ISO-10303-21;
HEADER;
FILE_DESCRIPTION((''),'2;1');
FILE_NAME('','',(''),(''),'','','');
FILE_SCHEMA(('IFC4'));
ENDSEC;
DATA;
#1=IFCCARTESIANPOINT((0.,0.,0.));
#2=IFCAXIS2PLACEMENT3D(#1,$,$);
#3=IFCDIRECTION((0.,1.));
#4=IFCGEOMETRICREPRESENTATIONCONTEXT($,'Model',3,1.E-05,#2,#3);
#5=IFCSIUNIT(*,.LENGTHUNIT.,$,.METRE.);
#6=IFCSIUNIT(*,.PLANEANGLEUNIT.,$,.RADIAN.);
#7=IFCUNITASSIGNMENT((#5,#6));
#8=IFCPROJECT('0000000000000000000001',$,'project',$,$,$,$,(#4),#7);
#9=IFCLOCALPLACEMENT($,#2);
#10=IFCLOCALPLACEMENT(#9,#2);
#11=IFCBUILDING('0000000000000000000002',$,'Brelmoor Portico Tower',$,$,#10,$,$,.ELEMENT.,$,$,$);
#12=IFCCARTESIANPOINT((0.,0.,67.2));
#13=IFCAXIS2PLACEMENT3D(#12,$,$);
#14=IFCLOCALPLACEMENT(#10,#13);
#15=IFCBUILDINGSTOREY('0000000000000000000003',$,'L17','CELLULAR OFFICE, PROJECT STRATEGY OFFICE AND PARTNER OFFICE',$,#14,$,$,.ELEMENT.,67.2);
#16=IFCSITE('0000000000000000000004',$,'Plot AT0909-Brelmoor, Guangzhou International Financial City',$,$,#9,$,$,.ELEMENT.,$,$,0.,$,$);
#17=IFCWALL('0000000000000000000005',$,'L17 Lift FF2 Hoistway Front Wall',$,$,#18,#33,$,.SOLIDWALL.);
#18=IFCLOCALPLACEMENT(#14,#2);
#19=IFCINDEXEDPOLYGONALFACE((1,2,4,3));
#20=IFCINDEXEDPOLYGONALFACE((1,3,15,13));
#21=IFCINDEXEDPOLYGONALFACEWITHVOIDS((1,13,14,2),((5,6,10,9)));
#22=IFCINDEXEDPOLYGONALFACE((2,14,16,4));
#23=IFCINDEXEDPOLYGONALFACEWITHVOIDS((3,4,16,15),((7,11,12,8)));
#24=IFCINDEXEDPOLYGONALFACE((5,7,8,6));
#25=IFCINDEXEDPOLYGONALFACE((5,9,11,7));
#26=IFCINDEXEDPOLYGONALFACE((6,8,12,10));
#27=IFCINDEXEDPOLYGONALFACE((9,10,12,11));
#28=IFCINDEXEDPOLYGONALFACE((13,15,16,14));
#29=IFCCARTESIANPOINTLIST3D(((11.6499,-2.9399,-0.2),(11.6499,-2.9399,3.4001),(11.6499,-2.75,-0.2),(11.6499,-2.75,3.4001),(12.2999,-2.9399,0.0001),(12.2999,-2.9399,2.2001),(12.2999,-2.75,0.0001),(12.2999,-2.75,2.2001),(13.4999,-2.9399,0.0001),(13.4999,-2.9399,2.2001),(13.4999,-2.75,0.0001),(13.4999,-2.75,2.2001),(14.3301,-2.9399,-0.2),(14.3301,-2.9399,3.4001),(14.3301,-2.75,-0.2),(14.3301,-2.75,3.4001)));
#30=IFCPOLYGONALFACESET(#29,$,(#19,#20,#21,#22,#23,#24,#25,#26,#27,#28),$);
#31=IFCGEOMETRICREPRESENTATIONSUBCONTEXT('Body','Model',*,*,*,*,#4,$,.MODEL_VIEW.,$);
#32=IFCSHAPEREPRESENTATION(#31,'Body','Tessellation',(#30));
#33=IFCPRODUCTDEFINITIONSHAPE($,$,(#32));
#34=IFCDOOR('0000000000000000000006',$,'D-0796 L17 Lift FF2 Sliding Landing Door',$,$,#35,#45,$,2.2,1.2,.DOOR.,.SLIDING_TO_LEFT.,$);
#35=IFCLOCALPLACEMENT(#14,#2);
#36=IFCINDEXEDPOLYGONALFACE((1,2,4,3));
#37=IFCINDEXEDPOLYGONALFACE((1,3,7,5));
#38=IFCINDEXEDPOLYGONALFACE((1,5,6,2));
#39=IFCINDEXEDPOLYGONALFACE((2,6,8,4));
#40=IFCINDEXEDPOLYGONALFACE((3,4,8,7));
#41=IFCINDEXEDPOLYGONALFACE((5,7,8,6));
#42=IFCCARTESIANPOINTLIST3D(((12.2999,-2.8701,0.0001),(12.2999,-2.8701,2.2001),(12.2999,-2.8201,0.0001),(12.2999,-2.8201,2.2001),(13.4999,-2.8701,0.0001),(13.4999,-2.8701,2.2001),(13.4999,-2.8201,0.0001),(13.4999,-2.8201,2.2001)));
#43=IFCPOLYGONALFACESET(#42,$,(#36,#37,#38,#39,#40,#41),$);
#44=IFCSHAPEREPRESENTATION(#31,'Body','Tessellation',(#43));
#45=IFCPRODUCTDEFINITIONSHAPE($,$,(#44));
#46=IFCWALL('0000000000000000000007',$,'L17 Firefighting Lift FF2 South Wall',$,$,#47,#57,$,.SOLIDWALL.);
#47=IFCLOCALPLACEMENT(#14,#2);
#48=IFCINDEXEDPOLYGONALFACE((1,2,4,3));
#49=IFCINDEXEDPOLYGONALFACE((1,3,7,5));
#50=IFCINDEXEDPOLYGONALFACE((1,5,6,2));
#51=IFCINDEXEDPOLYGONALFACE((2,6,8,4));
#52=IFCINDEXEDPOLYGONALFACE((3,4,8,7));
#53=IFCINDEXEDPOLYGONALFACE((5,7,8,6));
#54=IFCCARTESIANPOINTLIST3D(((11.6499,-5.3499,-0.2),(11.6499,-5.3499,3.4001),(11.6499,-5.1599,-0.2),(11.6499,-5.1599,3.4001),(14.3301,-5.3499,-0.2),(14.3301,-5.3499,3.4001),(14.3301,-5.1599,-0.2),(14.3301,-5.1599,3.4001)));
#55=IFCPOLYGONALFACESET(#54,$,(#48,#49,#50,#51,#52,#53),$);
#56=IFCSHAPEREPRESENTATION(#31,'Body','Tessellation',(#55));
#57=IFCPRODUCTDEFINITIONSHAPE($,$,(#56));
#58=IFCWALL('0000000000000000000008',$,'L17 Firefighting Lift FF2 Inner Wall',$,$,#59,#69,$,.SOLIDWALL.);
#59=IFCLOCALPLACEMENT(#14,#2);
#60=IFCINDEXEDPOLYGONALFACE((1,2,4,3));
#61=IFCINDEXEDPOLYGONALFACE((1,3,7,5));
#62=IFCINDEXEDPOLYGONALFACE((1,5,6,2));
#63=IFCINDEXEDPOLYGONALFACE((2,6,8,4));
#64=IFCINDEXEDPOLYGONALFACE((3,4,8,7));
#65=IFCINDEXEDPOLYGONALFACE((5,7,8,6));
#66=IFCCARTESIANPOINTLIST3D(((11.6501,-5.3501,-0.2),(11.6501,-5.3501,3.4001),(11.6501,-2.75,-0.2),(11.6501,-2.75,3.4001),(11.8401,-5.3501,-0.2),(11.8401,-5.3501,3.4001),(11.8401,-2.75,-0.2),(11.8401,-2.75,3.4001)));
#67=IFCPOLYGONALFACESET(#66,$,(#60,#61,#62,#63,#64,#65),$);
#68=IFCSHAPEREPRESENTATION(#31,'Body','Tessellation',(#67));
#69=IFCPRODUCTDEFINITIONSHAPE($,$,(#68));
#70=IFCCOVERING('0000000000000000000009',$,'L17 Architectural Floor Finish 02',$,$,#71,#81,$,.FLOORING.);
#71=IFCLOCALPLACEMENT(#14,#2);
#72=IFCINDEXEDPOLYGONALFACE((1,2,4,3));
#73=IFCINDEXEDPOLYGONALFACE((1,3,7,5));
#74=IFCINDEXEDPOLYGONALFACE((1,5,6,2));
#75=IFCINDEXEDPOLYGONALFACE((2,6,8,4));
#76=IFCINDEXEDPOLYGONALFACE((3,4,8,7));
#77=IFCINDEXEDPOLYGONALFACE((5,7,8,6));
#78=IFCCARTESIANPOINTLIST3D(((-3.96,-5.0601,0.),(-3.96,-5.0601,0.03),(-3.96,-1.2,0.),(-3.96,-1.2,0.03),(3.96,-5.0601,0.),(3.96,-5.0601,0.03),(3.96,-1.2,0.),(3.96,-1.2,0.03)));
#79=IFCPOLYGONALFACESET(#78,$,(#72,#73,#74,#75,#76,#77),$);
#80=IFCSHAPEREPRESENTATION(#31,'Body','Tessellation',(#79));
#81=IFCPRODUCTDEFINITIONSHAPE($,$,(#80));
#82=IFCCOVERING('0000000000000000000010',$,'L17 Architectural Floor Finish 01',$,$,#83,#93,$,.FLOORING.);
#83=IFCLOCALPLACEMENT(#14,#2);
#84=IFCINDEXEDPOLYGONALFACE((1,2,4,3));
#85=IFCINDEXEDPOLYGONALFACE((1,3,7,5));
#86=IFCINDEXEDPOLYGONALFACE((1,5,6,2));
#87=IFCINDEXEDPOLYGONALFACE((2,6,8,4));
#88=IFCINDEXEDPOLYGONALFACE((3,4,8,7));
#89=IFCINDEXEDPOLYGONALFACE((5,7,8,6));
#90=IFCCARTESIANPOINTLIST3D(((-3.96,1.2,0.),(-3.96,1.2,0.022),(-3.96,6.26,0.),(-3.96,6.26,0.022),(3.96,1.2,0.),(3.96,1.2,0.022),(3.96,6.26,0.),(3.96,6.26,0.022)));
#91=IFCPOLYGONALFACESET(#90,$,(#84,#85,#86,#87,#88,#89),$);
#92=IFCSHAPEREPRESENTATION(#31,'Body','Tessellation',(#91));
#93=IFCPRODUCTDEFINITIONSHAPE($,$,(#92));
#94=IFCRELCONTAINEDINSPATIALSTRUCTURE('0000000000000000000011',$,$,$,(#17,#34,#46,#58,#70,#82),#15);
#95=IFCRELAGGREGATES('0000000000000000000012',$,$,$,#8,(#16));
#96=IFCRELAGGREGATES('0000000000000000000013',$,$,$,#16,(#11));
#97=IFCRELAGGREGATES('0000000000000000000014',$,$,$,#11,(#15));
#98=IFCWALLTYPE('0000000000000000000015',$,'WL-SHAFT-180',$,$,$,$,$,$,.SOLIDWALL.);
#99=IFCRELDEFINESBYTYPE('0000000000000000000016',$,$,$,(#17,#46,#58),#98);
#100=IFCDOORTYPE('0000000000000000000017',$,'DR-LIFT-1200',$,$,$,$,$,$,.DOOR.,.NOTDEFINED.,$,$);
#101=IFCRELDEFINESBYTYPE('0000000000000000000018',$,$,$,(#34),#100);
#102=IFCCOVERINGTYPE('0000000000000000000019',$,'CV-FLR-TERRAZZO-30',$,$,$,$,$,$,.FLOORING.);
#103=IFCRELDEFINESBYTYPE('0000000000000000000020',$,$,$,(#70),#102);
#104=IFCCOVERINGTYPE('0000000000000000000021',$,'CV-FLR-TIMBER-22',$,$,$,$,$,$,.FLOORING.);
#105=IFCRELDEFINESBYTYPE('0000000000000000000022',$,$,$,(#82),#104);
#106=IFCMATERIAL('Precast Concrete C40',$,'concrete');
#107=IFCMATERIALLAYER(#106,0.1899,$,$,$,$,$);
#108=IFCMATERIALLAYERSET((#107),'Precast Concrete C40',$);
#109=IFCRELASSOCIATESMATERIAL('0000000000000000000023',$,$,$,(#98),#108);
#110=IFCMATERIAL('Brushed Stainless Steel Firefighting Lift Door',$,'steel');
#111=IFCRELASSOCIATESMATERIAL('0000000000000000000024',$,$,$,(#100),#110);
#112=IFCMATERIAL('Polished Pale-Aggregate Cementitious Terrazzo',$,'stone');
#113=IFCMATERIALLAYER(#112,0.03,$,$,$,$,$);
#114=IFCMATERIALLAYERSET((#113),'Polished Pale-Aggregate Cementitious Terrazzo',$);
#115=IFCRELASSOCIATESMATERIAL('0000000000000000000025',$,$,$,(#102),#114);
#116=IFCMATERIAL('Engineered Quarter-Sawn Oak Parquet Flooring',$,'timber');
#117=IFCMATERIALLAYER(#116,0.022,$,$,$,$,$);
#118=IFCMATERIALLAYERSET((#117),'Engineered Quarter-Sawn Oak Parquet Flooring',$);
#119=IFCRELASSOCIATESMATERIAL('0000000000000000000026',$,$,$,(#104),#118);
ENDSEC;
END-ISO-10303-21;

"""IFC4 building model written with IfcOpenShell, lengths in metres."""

from ifc_helpers import new_model, si_unit, direction, frame, frame_2d, origin, place, context, subcontext, project, spatial, polyline, rectangle, outline, extrude, material, layer, layer_set, type_object, element, fill, save


model = new_model("IFC4")

# Units and contexts
model_context = context("Model", 3, precision=1e-05, world=origin(), true_north=direction((0.0, 1.0)))
body_context = subcontext(model_context, "Body", "Model", "MODEL_VIEW")
ifc_project = project(units=[si_unit("LENGTHUNIT", "METRE"), si_unit("PLANEANGLEUNIT", "RADIAN")], contexts=[model_context])

# Site, building, storey
site_placement = place(None, origin())
site = spatial("IfcSite", under=ifc_project, at=site_placement, Name="Plot AT0909-Brelmoor, Guangzhou International Financial City", CompositionType="ELEMENT", RefElevation=0.0)
building_placement = place(site_placement, origin())
building = spatial("IfcBuilding", under=site, at=building_placement, Name="Brelmoor Portico Tower", CompositionType="ELEMENT")
storey_placement = place(building_placement, frame((0.0, 0.0, 67.2)))
storey = spatial("IfcBuildingStorey", under=building, at=storey_placement, Name="L17", Description="CELLULAR OFFICE, PROJECT STRATEGY OFFICE AND PARTNER OFFICE", CompositionType="ELEMENT", Elevation=67.2)

# Shared definitions
ifc_material_1 = material(Name="Precast Concrete C40", Category="concrete")
ifc_layer_1 = layer(ifc_material_1, 0.1899)
ifc_layer_set_1 = layer_set([ifc_layer_1], Name="Precast Concrete C40")
wall_type_1 = type_object("IfcWallType", Name="WL-SHAFT-180", PredefinedType="SOLIDWALL", material=ifc_layer_set_1)

# Wall, opening, door
wall_1_placement = place(storey_placement, frame((11.6499, -2.845, -0.2), z_axis=(0.0, 0.0, 1.0), x_axis=(1.0, 0.0, 0.0)))
wall_1 = element("IfcWall", 1, at=wall_1_placement, inside=storey, type_object=wall_type_1, Name="L17 Lift FF2 Hoistway Front Wall", PredefinedType="SOLIDWALL", context=body_context, shape_type="SweptSolid", body=[
    extrude(rectangle(XDim=2.6802, YDim=0.1899, at=frame_2d((1.3401, 0.0))), origin(), (0.0, 0.0, 1.0), 3.6001),
])
opening_1_placement = place(wall_1_placement, frame((0.6499, 0.0, 0.2)))
opening_1 = element("IfcOpeningElement", 2, at=opening_1_placement, cuts=wall_1, PredefinedType="OPENING", context=body_context, shape_type="SweptSolid", body=[
    extrude(rectangle(XDim=1.2, YDim=2.2, at=frame_2d((0.6001, 1.1001))), frame((0.0, 0.105, 0.0), z_axis=(0.0, -1.0, 0.0), x_axis=(1.0, 0.0, 0.0)), (0.0, 0.0, 1.0), 0.21),
])
ifc_material_2 = material(Name="Brushed Stainless Steel Firefighting Lift Door", Category="steel")
door_type_1 = type_object("IfcDoorType", Name="DR-LIFT-1200", OperationType="NOTDEFINED", PredefinedType="DOOR", material=ifc_material_2)
door_1_placement = place(opening_1_placement, origin())
door_1 = element("IfcDoor", 3, at=door_1_placement, inside=storey, type_object=door_type_1, Name="D-0796 L17 Lift FF2 Sliding Landing Door", OperationType="SLIDING_TO_LEFT", OverallHeight=2.2, OverallWidth=1.2, PredefinedType="DOOR", context=body_context, shape_type="SweptSolid", body=[
    extrude(rectangle(XDim=1.2, YDim=2.2, at=frame_2d((0.6001, 1.1001))), frame((0.0, 0.0249, 0.0), z_axis=(0.0, -1.0, 0.0), x_axis=(1.0, 0.0, 0.0)), (0.0, 0.0, 1.0), 0.05),
])
fill(opening_1, door_1)

# Walls
wall_2_placement = place(storey_placement, frame((11.6499, -5.2549, -0.2), z_axis=(0.0, 0.0, 1.0), x_axis=(1.0, 0.0, 0.0)))
element("IfcWall", 4, at=wall_2_placement, inside=storey, type_object=wall_type_1, Name="L17 Firefighting Lift FF2 South Wall", PredefinedType="SOLIDWALL", context=body_context, shape_type="SweptSolid", body=[
    extrude(rectangle(XDim=2.6802, YDim=0.1899, at=frame_2d((1.3401, 0.0))), origin(), (0.0, 0.0, 1.0), 3.6001),
])
wall_3_placement = place(storey_placement, frame((11.7451, -5.3501, -0.2), z_axis=(0.0, 0.0, 1.0), x_axis=(0.0, 1.0, 0.0)))
element("IfcWall", 5, at=wall_3_placement, inside=storey, type_object=wall_type_1, Name="L17 Firefighting Lift FF2 Inner Wall", PredefinedType="SOLIDWALL", context=body_context, shape_type="SweptSolid", body=[
    extrude(rectangle(XDim=2.6001, YDim=0.1899, at=frame_2d((1.3, 0.0))), origin(), (0.0, 0.0, 1.0), 3.6001),
])

# Coverings
ifc_material_3 = material(Name="Polished Pale-Aggregate Cementitious Terrazzo", Category="stone")
ifc_layer_2 = layer(ifc_material_3, 0.03)
ifc_layer_set_2 = layer_set([ifc_layer_2], Name="Polished Pale-Aggregate Cementitious Terrazzo")
covering_type_1 = type_object("IfcCoveringType", Name="CV-FLR-TERRAZZO-30", PredefinedType="FLOORING", material=ifc_layer_set_2)
covering_1_placement = place(storey_placement, origin())
element("IfcCovering", 6, at=covering_1_placement, inside=storey, type_object=covering_type_1, Name="L17 Architectural Floor Finish 02", PredefinedType="FLOORING", context=body_context, shape_type="SweptSolid", body=[
    extrude(outline(polyline([(-3.96, -5.0601), (-3.96, -1.2), (3.96, -1.2), (3.96, -5.0601), (-3.96, -5.0601)])), origin(), (0.0, 0.0, 1.0), 0.03),
])
ifc_material_4 = material(Name="Engineered Quarter-Sawn Oak Parquet Flooring", Category="timber")
ifc_layer_3 = layer(ifc_material_4, 0.022)
ifc_layer_set_3 = layer_set([ifc_layer_3], Name="Engineered Quarter-Sawn Oak Parquet Flooring")
covering_type_2 = type_object("IfcCoveringType", Name="CV-FLR-TIMBER-22", PredefinedType="FLOORING", material=ifc_layer_set_3)
covering_2_placement = place(storey_placement, origin())
element("IfcCovering", 7, at=covering_2_placement, inside=storey, type_object=covering_type_2, Name="L17 Architectural Floor Finish 01", PredefinedType="FLOORING", context=body_context, shape_type="SweptSolid", body=[
    extrude(outline(polyline([(-3.96, 1.2), (-3.96, 6.26), (3.96, 6.26), (3.96, 1.2), (-3.96, 1.2)])), origin(), (0.0, 0.0, 1.0), 0.022),
])

save(model, "model.ifc")
